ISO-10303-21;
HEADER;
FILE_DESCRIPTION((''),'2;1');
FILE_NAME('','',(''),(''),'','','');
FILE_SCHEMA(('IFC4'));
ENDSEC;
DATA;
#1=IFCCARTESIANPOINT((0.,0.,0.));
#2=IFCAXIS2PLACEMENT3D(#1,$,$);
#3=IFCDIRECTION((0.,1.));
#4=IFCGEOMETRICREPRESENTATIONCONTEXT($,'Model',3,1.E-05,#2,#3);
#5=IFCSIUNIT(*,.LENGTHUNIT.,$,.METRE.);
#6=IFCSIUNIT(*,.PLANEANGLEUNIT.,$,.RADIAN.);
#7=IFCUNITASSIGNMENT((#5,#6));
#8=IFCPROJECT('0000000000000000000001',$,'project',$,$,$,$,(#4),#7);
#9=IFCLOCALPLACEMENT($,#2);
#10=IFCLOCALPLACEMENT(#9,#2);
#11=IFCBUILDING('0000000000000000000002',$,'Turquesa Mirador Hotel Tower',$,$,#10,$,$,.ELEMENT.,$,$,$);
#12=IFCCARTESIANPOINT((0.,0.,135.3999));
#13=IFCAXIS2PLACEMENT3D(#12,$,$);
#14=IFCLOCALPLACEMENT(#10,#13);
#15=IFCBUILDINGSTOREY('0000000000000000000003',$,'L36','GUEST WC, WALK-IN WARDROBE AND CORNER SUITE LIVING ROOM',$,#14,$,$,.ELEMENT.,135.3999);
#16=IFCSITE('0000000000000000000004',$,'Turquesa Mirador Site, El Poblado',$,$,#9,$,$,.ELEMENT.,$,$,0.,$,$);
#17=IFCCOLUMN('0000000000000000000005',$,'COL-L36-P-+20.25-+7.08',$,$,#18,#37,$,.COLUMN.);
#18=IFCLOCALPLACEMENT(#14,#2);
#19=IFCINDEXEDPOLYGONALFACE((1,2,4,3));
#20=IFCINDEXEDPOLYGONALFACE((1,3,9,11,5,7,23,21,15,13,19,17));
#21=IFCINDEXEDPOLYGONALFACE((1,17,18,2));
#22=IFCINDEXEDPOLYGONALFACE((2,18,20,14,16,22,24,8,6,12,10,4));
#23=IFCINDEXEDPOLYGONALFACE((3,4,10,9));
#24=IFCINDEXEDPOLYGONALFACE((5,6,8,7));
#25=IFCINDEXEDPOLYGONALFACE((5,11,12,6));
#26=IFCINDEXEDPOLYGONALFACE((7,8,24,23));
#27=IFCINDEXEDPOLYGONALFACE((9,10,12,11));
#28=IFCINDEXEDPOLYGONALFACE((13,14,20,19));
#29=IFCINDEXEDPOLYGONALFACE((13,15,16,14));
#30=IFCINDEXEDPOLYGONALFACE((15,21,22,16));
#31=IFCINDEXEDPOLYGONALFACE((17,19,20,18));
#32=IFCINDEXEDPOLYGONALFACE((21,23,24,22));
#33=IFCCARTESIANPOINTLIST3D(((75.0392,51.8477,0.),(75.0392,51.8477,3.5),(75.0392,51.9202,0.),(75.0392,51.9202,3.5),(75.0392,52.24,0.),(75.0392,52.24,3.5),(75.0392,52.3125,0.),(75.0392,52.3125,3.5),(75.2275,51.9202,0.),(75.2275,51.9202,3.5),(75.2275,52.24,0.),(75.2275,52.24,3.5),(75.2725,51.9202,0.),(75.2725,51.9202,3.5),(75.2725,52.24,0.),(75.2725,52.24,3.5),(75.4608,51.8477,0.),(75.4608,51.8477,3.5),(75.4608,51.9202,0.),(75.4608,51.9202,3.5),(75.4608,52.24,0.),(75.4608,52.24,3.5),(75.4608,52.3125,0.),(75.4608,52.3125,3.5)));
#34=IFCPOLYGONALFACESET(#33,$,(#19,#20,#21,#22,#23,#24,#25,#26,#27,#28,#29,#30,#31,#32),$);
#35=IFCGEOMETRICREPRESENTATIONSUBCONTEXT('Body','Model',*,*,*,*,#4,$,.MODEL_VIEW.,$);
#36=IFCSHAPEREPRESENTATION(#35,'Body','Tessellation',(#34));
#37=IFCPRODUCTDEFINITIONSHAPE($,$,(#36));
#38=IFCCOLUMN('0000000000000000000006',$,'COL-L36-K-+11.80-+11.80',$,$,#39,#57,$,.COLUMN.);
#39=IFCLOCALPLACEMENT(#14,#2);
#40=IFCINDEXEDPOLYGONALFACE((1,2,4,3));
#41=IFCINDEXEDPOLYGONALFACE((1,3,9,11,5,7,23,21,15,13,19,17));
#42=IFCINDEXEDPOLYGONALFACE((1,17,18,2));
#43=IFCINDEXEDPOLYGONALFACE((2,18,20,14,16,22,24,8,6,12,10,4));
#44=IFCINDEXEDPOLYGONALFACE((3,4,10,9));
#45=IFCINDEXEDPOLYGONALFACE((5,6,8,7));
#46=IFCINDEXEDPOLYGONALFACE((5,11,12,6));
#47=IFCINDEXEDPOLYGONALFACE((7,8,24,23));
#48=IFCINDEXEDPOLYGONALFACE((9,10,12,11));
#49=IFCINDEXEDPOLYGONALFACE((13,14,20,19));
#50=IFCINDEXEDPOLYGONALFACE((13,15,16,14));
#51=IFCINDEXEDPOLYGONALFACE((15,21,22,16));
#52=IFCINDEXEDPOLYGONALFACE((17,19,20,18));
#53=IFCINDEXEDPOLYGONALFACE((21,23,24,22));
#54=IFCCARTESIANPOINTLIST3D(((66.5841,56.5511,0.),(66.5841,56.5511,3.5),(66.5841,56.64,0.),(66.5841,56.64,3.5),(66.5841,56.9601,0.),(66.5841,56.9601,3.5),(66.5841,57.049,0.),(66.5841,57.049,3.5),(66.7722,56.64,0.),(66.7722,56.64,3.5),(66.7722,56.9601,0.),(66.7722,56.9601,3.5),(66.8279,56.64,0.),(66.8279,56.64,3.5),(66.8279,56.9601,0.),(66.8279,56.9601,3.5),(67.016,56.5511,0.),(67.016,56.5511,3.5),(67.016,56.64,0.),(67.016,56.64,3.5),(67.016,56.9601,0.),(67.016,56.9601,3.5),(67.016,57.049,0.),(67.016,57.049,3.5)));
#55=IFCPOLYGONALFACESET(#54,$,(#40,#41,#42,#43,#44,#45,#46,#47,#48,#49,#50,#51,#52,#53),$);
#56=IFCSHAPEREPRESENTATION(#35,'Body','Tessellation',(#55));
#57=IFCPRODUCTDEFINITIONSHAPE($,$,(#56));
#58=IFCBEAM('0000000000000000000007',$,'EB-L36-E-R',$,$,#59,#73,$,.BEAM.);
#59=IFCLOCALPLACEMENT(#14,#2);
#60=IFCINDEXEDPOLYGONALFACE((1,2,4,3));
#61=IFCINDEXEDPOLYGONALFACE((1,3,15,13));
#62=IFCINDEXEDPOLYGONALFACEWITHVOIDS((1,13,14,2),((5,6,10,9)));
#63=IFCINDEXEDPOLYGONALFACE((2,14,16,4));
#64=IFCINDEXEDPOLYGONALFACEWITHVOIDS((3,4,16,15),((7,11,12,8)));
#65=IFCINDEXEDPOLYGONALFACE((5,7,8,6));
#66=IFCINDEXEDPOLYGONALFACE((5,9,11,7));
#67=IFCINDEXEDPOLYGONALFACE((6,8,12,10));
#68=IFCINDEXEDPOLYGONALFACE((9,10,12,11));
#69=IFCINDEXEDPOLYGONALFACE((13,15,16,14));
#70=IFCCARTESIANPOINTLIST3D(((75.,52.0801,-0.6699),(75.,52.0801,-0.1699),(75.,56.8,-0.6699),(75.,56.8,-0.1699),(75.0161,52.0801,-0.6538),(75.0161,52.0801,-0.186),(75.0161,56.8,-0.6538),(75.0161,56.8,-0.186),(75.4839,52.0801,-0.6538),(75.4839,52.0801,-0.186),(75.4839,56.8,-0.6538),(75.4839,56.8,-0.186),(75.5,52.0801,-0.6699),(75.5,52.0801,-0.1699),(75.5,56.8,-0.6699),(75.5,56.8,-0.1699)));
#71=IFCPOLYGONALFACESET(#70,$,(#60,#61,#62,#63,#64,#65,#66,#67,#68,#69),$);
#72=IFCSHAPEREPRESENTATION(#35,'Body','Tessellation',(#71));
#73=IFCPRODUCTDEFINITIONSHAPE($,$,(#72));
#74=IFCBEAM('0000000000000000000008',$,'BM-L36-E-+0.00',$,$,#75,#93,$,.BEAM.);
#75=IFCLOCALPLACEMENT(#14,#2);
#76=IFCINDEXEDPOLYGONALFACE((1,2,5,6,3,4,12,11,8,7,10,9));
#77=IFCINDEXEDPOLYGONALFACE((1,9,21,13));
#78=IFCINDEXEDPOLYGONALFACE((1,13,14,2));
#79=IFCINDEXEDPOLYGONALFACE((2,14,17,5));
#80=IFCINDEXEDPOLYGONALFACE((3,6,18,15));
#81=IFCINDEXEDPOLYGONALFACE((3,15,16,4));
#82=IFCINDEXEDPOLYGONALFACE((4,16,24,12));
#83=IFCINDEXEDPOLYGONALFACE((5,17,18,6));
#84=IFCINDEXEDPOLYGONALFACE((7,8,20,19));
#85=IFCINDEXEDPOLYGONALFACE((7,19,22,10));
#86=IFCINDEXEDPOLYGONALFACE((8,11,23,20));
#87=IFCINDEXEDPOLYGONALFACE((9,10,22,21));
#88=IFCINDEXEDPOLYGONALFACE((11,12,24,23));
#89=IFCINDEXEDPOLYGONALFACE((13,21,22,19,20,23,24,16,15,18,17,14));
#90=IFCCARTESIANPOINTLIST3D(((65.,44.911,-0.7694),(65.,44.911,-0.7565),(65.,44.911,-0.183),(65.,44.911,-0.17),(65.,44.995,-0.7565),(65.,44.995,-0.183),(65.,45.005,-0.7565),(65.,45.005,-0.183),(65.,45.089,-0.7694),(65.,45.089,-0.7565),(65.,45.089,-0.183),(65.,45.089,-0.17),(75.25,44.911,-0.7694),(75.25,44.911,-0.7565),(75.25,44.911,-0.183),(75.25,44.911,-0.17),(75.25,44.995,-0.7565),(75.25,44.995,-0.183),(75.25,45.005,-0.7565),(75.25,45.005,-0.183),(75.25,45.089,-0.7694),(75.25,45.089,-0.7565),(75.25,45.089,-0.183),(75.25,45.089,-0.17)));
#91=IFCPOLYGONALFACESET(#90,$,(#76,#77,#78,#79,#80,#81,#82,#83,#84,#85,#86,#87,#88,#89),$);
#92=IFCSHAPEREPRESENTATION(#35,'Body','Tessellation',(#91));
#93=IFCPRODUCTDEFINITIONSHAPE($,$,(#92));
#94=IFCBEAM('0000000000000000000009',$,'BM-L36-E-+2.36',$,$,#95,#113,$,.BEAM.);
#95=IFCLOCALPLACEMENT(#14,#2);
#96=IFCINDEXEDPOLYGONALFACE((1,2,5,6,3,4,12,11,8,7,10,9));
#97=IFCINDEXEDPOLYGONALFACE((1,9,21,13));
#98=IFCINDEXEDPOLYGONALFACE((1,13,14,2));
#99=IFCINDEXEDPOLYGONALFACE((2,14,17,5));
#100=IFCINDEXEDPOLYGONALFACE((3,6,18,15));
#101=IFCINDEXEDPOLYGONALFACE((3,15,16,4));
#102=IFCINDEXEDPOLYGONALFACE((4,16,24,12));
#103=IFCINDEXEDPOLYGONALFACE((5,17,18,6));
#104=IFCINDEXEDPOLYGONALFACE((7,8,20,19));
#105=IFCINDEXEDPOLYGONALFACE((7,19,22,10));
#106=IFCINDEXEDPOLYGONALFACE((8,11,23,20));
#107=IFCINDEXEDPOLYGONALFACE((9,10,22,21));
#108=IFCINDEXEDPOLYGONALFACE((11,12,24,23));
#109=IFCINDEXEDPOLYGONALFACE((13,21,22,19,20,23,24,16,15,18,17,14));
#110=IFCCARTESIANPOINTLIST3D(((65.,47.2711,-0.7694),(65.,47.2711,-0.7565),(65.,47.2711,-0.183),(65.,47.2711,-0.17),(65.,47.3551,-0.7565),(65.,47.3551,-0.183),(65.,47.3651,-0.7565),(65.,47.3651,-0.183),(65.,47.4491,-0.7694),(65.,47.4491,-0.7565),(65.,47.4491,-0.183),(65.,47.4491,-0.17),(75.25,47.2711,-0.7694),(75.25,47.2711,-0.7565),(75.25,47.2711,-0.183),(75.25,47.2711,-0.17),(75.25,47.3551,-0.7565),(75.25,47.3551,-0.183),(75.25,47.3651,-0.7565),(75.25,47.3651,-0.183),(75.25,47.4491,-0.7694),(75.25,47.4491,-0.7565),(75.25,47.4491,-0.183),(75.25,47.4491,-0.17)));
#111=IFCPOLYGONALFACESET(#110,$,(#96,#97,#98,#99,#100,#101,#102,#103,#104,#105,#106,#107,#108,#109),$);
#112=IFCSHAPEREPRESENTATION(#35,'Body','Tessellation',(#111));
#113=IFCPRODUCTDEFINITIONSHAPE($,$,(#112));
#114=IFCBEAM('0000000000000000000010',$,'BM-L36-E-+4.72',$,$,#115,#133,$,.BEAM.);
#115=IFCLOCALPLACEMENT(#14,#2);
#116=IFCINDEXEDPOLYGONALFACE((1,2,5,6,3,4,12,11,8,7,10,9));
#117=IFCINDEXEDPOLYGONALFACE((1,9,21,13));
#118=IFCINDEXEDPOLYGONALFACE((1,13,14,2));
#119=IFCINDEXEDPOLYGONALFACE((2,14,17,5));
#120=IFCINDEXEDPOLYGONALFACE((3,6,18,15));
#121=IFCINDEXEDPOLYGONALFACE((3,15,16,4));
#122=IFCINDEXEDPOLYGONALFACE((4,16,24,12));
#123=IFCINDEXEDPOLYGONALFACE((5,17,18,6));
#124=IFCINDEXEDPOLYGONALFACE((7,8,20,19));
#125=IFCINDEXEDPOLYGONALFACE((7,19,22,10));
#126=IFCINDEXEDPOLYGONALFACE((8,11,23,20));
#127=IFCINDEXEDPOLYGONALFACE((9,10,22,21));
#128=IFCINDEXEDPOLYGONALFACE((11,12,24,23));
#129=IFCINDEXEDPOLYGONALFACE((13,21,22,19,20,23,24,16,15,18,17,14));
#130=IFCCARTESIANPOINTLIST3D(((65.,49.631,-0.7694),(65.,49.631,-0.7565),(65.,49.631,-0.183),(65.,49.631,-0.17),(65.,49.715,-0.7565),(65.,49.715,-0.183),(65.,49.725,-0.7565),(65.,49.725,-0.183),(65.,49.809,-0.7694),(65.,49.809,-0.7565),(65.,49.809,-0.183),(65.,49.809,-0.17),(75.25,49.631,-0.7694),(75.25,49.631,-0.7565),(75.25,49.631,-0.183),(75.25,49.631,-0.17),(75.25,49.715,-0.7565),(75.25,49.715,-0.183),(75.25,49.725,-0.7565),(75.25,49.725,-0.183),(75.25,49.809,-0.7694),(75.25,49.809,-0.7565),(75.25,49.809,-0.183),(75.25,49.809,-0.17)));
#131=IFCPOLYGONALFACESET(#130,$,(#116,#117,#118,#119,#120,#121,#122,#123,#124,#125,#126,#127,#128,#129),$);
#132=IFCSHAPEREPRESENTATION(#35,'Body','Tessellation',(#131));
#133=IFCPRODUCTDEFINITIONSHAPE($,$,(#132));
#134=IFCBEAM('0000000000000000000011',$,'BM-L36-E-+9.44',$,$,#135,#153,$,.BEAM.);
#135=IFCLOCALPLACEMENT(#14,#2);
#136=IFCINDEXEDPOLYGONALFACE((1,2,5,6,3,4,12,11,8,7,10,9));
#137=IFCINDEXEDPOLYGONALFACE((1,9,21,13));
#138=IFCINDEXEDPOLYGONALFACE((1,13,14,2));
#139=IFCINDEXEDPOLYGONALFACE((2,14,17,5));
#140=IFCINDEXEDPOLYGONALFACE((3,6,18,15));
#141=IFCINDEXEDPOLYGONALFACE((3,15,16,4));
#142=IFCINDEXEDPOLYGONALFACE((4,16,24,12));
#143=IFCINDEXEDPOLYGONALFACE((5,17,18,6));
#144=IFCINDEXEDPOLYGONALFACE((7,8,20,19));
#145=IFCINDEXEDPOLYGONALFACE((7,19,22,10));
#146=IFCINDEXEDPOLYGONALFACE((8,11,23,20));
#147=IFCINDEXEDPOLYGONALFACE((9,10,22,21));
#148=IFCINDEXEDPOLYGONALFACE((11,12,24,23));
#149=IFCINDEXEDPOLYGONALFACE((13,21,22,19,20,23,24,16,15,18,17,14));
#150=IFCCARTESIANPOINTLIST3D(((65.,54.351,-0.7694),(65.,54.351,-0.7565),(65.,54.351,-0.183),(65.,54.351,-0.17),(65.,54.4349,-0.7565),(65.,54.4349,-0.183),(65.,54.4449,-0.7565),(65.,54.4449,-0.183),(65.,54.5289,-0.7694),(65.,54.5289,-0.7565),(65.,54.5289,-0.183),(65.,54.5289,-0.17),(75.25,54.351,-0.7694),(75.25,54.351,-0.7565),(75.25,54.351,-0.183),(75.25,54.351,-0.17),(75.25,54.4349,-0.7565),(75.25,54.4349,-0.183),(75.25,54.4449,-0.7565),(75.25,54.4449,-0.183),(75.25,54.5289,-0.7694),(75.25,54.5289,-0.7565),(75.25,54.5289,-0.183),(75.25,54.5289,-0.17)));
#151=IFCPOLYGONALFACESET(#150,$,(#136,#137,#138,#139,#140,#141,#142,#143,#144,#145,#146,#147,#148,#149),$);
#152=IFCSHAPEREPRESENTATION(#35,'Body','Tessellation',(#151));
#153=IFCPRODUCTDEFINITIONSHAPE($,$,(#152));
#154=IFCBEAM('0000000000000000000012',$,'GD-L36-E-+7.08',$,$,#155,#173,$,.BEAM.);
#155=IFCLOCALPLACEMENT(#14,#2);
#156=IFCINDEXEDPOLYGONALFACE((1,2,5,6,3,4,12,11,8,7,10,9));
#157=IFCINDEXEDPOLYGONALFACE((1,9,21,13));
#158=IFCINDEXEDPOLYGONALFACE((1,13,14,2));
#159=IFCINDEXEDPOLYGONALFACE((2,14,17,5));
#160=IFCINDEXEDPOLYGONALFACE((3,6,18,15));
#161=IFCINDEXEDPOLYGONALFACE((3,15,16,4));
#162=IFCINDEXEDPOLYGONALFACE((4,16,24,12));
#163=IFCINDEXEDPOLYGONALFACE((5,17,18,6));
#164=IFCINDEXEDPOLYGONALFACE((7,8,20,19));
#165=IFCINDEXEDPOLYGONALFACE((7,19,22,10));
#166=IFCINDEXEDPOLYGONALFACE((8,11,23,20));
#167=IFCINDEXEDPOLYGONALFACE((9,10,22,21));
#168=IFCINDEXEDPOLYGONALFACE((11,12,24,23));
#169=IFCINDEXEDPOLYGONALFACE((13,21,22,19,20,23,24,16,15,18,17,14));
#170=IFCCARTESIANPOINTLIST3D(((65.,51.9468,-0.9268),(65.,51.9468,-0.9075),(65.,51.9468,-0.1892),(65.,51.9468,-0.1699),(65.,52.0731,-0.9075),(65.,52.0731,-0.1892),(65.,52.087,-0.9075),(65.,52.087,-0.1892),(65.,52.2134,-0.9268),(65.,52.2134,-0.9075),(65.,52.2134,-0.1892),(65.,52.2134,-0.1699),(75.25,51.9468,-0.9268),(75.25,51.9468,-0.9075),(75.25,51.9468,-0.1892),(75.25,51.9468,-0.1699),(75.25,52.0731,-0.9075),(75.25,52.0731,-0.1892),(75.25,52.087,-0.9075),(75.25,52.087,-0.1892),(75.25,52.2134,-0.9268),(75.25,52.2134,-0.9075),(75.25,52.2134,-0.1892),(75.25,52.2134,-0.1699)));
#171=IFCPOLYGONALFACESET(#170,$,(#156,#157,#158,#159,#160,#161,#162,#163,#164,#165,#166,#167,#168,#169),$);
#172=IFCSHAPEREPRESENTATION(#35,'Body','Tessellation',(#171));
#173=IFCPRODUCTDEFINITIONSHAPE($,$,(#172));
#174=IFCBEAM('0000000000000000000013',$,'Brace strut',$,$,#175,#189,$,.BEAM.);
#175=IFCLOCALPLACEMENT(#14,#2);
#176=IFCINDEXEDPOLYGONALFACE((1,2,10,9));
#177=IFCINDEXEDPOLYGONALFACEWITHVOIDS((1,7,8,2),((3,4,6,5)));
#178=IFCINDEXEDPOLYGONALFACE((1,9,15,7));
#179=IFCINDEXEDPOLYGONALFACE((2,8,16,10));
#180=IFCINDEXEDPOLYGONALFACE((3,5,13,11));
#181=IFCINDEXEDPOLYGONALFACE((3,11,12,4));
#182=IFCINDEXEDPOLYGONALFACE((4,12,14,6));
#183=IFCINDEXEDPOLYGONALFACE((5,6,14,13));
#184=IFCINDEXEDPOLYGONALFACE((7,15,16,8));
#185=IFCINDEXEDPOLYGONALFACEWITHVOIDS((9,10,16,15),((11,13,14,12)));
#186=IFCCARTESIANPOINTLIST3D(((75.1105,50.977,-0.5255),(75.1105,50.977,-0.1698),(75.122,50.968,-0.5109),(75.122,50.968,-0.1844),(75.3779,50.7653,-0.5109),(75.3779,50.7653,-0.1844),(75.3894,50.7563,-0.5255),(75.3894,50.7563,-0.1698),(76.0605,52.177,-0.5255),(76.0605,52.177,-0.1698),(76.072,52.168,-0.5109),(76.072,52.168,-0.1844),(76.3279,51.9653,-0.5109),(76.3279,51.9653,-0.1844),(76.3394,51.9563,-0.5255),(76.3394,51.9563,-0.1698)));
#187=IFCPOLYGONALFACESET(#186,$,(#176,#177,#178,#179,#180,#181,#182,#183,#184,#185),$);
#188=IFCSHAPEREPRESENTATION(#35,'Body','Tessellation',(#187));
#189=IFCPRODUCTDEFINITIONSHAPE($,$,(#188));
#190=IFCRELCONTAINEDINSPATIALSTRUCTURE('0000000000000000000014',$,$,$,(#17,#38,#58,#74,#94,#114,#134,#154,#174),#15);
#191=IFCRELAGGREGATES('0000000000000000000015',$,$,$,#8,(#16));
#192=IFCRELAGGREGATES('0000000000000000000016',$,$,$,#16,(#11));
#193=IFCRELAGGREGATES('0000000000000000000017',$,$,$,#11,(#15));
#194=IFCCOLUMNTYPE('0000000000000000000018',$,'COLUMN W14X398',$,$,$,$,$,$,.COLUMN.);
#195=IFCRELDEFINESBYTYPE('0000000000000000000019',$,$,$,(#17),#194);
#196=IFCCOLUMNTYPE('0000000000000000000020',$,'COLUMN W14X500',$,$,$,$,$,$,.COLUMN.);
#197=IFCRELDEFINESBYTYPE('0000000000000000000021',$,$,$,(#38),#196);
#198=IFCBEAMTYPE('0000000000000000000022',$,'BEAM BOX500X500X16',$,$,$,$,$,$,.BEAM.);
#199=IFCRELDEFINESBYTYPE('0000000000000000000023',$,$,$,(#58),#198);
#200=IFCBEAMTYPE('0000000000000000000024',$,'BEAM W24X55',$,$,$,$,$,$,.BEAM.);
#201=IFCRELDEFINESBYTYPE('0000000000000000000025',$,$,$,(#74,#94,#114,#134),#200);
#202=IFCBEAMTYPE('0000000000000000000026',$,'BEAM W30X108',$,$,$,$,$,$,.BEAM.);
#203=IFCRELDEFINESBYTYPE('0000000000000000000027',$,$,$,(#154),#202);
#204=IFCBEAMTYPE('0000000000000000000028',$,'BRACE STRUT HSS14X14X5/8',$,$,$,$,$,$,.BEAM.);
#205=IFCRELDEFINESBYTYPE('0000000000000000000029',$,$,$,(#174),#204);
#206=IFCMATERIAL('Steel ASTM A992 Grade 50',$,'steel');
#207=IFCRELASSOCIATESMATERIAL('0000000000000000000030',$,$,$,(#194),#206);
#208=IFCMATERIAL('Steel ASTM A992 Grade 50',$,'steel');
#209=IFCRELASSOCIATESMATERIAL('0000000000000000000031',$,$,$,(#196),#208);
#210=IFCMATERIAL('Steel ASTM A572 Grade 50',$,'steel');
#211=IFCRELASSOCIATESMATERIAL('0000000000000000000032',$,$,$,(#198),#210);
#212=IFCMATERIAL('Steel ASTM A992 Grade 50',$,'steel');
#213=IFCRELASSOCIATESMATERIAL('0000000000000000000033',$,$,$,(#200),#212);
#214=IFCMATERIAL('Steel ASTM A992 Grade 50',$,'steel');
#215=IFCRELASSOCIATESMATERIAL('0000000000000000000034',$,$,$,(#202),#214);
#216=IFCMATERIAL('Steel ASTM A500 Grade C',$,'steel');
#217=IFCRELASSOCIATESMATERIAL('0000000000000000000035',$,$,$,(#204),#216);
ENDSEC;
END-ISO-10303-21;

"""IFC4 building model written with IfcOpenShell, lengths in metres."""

from ifc_helpers import new_model, si_unit, direction, frame, origin, origin_2d, place, context, subcontext, project, spatial, hollow_rectangle, i_section, extrude, material, material_profile, profile_set, type_object, element, save


model = new_model("IFC4")

# Units and contexts
model_context = context("Model", 3, precision=1e-05, world=origin(), true_north=direction((0.0, 1.0)))
body_context = subcontext(model_context, "Body", "Model", "MODEL_VIEW")
ifc_project = project(units=[si_unit("LENGTHUNIT", "METRE"), si_unit("PLANEANGLEUNIT", "RADIAN")], contexts=[model_context])

# Site, building, storey
site_placement = place(None, origin())
site = spatial("IfcSite", under=ifc_project, at=site_placement, Name="Turquesa Mirador Site, El Poblado", CompositionType="ELEMENT", RefElevation=0.0)
building_placement = place(site_placement, origin())
building = spatial("IfcBuilding", under=site, at=building_placement, Name="Turquesa Mirador Hotel Tower", CompositionType="ELEMENT")
storey_placement = place(building_placement, frame((0.0, 0.0, 135.3999)))
storey = spatial("IfcBuildingStorey", under=building, at=storey_placement, Name="L36", Description="GUEST WC, WALK-IN WARDROBE AND CORNER SUITE LIVING ROOM", CompositionType="ELEMENT", Elevation=135.3999)

# Columns
ifc_material_1 = material(Name="Steel ASTM A992 Grade 50", Category="steel")
ifc_material_profile_1 = material_profile(ifc_material_1, i_section(OverallWidth=0.4216, OverallDepth=0.4648, WebThickness=0.0449, FlangeThickness=0.0725, at=origin_2d()), Name="W14X398")
ifc_profile_set_1 = profile_set([ifc_material_profile_1], Name="Steel ASTM A992 Grade 50")
column_type_1 = type_object("IfcColumnType", Name="COLUMN W14X398", PredefinedType="COLUMN", material=ifc_profile_set_1)
column_1_placement = place(storey_placement, frame((75.25, 52.0801, 0.0), z_axis=(0.0, 0.0, 1.0), x_axis=(1.0, 0.0, 0.0)))
element("IfcColumn", 1, at=column_1_placement, inside=storey, type_object=column_type_1, Name="COL-L36-P-+20.25-+7.08", PredefinedType="COLUMN", context=body_context, shape_type="SweptSolid", body=[
    extrude(i_section(OverallWidth=0.4216, OverallDepth=0.4648, WebThickness=0.0449, FlangeThickness=0.0725, at=origin_2d()), origin(), (0.0, 0.0, 1.0), 3.5),
])
ifc_material_2 = material(Name="Steel ASTM A992 Grade 50", Category="steel")
ifc_material_profile_2 = material_profile(ifc_material_2, i_section(OverallWidth=0.4319, OverallDepth=0.4978, WebThickness=0.0557, FlangeThickness=0.0889, at=origin_2d()), Name="W14X500")
ifc_profile_set_2 = profile_set([ifc_material_profile_2], Name="Steel ASTM A992 Grade 50")
column_type_2 = type_object("IfcColumnType", Name="COLUMN W14X500", PredefinedType="COLUMN", material=ifc_profile_set_2)
column_2_placement = place(storey_placement, frame((66.8, 56.8, 0.0), z_axis=(0.0, 0.0, 1.0), x_axis=(1.0, 0.0, 0.0)))
element("IfcColumn", 2, at=column_2_placement, inside=storey, type_object=column_type_2, Name="COL-L36-K-+11.80-+11.80", PredefinedType="COLUMN", context=body_context, shape_type="SweptSolid", body=[
    extrude(i_section(OverallWidth=0.4319, OverallDepth=0.4978, WebThickness=0.0557, FlangeThickness=0.0889, at=origin_2d()), origin(), (0.0, 0.0, 1.0), 3.5),
])

# Beams
ifc_material_3 = material(Name="Steel ASTM A572 Grade 50", Category="steel")
ifc_material_profile_3 = material_profile(ifc_material_3, hollow_rectangle(XDim=0.5, YDim=0.5, WallThickness=0.0161, at=origin_2d()), Name="BOX500X500X16")
ifc_profile_set_3 = profile_set([ifc_material_profile_3], Name="Steel ASTM A572 Grade 50")
beam_type_1 = type_object("IfcBeamType", Name="BEAM BOX500X500X16", PredefinedType="BEAM", material=ifc_profile_set_3)
beam_1_placement = place(storey_placement, frame((75.25, 52.0801, -0.4199), z_axis=(0.0, 1.0, 0.0), x_axis=(-1.0, 0.0, 0.0)))
element("IfcBeam", 3, at=beam_1_placement, inside=storey, type_object=beam_type_1, Name="EB-L36-E-R", PredefinedType="BEAM", context=body_context, shape_type="SweptSolid", body=[
    extrude(hollow_rectangle(XDim=0.5, YDim=0.5, WallThickness=0.0161, at=origin_2d()), origin(), (0.0, 0.0, 1.0), 4.72),
])
ifc_material_4 = material(Name="Steel ASTM A992 Grade 50", Category="steel")
ifc_material_profile_4 = material_profile(ifc_material_4, i_section(OverallWidth=0.178, OverallDepth=0.5994, WebThickness=0.01, FlangeThickness=0.0129, at=origin_2d()), Name="W24X55")
ifc_profile_set_4 = profile_set([ifc_material_profile_4], Name="Steel ASTM A992 Grade 50")
beam_type_2 = type_object("IfcBeamType", Name="BEAM W24X55", PredefinedType="BEAM", material=ifc_profile_set_4)
for number, where, z_axis, x_axis, name in (
    (4, (75.25, 45.0, -0.4697), (-1.0, 0.0, 0.0), (0.0, -1.0, 0.0), "BM-L36-E-+0.00"),
    (5, (75.25, 47.3601, -0.4697), (-1.0, 0.0, 0.0), (0.0, -1.0, 0.0), "BM-L36-E-+2.36"),
    (6, (75.25, 49.72, -0.4697), (-1.0, 0.0, 0.0), (0.0, -1.0, 0.0), "BM-L36-E-+4.72"),
    (7, (75.25, 54.4399, -0.4697), (-1.0, 0.0, 0.0), (0.0, -1.0, 0.0), "BM-L36-E-+9.44"),
):
    element("IfcBeam", number, at=place(storey_placement, frame(where, z_axis=z_axis, x_axis=x_axis)), inside=storey, type_object=beam_type_2, Name=name, PredefinedType="BEAM", context=body_context, shape_type="SweptSolid", body=[
        extrude(i_section(OverallWidth=0.178, OverallDepth=0.5994, WebThickness=0.01, FlangeThickness=0.0129, at=origin_2d()), origin(), (0.0, 0.0, 1.0), 10.25),
    ])
ifc_material_5 = material(Name="Steel ASTM A992 Grade 50", Category="steel")
ifc_material_profile_5 = material_profile(ifc_material_5, i_section(OverallWidth=0.2666, OverallDepth=0.7568, WebThickness=0.0139, FlangeThickness=0.0193, at=origin_2d()), Name="W30X108")
ifc_profile_set_5 = profile_set([ifc_material_profile_5], Name="Steel ASTM A992 Grade 50")
beam_type_3 = type_object("IfcBeamType", Name="BEAM W30X108", PredefinedType="BEAM", material=ifc_profile_set_5)
beam_2_placement = place(storey_placement, frame((75.25, 52.0801, -0.5483), z_axis=(-1.0, 0.0, 0.0), x_axis=(0.0, -1.0, 0.0)))
element("IfcBeam", 8, at=beam_2_placement, inside=storey, type_object=beam_type_3, Name="GD-L36-E-+7.08", PredefinedType="BEAM", context=body_context, shape_type="SweptSolid", body=[
    extrude(i_section(OverallWidth=0.2666, OverallDepth=0.7568, WebThickness=0.0139, FlangeThickness=0.0193, at=origin_2d()), origin(), (0.0, 0.0, 1.0), 10.25),
])
ifc_material_6 = material(Name="Steel ASTM A500 Grade C", Category="steel")
ifc_material_profile_6 = material_profile(ifc_material_6, hollow_rectangle(XDim=0.3557, YDim=0.3557, WallThickness=0.0146, at=origin_2d()), Name="HSS14X14X5/8")
ifc_profile_set_6 = profile_set([ifc_material_profile_6], Name="Steel ASTM A500 Grade C")
beam_type_4 = type_object("IfcBeamType", Name="BRACE STRUT HSS14X14X5/8", PredefinedType="BEAM", material=ifc_profile_set_6)
for number, where, z_axis, x_axis, name in (
    (9, (76.2, 52.0667, -0.3477), (-0.620699, -0.784049, 0.0), (0.784049, -0.620699, 0.0), "Brace strut"),
):
    element("IfcBeam", number, at=place(storey_placement, frame(where, z_axis=z_axis, x_axis=x_axis)), inside=storey, type_object=beam_type_4, Name=name, PredefinedType="BEAM", context=body_context, shape_type="SweptSolid", body=[
        extrude(hollow_rectangle(XDim=0.3557, YDim=0.3557, WallThickness=0.0146, at=origin_2d()), origin(), (0.0, 0.0, 1.0), 1.5305),
    ])

save(model, "model.ifc")
